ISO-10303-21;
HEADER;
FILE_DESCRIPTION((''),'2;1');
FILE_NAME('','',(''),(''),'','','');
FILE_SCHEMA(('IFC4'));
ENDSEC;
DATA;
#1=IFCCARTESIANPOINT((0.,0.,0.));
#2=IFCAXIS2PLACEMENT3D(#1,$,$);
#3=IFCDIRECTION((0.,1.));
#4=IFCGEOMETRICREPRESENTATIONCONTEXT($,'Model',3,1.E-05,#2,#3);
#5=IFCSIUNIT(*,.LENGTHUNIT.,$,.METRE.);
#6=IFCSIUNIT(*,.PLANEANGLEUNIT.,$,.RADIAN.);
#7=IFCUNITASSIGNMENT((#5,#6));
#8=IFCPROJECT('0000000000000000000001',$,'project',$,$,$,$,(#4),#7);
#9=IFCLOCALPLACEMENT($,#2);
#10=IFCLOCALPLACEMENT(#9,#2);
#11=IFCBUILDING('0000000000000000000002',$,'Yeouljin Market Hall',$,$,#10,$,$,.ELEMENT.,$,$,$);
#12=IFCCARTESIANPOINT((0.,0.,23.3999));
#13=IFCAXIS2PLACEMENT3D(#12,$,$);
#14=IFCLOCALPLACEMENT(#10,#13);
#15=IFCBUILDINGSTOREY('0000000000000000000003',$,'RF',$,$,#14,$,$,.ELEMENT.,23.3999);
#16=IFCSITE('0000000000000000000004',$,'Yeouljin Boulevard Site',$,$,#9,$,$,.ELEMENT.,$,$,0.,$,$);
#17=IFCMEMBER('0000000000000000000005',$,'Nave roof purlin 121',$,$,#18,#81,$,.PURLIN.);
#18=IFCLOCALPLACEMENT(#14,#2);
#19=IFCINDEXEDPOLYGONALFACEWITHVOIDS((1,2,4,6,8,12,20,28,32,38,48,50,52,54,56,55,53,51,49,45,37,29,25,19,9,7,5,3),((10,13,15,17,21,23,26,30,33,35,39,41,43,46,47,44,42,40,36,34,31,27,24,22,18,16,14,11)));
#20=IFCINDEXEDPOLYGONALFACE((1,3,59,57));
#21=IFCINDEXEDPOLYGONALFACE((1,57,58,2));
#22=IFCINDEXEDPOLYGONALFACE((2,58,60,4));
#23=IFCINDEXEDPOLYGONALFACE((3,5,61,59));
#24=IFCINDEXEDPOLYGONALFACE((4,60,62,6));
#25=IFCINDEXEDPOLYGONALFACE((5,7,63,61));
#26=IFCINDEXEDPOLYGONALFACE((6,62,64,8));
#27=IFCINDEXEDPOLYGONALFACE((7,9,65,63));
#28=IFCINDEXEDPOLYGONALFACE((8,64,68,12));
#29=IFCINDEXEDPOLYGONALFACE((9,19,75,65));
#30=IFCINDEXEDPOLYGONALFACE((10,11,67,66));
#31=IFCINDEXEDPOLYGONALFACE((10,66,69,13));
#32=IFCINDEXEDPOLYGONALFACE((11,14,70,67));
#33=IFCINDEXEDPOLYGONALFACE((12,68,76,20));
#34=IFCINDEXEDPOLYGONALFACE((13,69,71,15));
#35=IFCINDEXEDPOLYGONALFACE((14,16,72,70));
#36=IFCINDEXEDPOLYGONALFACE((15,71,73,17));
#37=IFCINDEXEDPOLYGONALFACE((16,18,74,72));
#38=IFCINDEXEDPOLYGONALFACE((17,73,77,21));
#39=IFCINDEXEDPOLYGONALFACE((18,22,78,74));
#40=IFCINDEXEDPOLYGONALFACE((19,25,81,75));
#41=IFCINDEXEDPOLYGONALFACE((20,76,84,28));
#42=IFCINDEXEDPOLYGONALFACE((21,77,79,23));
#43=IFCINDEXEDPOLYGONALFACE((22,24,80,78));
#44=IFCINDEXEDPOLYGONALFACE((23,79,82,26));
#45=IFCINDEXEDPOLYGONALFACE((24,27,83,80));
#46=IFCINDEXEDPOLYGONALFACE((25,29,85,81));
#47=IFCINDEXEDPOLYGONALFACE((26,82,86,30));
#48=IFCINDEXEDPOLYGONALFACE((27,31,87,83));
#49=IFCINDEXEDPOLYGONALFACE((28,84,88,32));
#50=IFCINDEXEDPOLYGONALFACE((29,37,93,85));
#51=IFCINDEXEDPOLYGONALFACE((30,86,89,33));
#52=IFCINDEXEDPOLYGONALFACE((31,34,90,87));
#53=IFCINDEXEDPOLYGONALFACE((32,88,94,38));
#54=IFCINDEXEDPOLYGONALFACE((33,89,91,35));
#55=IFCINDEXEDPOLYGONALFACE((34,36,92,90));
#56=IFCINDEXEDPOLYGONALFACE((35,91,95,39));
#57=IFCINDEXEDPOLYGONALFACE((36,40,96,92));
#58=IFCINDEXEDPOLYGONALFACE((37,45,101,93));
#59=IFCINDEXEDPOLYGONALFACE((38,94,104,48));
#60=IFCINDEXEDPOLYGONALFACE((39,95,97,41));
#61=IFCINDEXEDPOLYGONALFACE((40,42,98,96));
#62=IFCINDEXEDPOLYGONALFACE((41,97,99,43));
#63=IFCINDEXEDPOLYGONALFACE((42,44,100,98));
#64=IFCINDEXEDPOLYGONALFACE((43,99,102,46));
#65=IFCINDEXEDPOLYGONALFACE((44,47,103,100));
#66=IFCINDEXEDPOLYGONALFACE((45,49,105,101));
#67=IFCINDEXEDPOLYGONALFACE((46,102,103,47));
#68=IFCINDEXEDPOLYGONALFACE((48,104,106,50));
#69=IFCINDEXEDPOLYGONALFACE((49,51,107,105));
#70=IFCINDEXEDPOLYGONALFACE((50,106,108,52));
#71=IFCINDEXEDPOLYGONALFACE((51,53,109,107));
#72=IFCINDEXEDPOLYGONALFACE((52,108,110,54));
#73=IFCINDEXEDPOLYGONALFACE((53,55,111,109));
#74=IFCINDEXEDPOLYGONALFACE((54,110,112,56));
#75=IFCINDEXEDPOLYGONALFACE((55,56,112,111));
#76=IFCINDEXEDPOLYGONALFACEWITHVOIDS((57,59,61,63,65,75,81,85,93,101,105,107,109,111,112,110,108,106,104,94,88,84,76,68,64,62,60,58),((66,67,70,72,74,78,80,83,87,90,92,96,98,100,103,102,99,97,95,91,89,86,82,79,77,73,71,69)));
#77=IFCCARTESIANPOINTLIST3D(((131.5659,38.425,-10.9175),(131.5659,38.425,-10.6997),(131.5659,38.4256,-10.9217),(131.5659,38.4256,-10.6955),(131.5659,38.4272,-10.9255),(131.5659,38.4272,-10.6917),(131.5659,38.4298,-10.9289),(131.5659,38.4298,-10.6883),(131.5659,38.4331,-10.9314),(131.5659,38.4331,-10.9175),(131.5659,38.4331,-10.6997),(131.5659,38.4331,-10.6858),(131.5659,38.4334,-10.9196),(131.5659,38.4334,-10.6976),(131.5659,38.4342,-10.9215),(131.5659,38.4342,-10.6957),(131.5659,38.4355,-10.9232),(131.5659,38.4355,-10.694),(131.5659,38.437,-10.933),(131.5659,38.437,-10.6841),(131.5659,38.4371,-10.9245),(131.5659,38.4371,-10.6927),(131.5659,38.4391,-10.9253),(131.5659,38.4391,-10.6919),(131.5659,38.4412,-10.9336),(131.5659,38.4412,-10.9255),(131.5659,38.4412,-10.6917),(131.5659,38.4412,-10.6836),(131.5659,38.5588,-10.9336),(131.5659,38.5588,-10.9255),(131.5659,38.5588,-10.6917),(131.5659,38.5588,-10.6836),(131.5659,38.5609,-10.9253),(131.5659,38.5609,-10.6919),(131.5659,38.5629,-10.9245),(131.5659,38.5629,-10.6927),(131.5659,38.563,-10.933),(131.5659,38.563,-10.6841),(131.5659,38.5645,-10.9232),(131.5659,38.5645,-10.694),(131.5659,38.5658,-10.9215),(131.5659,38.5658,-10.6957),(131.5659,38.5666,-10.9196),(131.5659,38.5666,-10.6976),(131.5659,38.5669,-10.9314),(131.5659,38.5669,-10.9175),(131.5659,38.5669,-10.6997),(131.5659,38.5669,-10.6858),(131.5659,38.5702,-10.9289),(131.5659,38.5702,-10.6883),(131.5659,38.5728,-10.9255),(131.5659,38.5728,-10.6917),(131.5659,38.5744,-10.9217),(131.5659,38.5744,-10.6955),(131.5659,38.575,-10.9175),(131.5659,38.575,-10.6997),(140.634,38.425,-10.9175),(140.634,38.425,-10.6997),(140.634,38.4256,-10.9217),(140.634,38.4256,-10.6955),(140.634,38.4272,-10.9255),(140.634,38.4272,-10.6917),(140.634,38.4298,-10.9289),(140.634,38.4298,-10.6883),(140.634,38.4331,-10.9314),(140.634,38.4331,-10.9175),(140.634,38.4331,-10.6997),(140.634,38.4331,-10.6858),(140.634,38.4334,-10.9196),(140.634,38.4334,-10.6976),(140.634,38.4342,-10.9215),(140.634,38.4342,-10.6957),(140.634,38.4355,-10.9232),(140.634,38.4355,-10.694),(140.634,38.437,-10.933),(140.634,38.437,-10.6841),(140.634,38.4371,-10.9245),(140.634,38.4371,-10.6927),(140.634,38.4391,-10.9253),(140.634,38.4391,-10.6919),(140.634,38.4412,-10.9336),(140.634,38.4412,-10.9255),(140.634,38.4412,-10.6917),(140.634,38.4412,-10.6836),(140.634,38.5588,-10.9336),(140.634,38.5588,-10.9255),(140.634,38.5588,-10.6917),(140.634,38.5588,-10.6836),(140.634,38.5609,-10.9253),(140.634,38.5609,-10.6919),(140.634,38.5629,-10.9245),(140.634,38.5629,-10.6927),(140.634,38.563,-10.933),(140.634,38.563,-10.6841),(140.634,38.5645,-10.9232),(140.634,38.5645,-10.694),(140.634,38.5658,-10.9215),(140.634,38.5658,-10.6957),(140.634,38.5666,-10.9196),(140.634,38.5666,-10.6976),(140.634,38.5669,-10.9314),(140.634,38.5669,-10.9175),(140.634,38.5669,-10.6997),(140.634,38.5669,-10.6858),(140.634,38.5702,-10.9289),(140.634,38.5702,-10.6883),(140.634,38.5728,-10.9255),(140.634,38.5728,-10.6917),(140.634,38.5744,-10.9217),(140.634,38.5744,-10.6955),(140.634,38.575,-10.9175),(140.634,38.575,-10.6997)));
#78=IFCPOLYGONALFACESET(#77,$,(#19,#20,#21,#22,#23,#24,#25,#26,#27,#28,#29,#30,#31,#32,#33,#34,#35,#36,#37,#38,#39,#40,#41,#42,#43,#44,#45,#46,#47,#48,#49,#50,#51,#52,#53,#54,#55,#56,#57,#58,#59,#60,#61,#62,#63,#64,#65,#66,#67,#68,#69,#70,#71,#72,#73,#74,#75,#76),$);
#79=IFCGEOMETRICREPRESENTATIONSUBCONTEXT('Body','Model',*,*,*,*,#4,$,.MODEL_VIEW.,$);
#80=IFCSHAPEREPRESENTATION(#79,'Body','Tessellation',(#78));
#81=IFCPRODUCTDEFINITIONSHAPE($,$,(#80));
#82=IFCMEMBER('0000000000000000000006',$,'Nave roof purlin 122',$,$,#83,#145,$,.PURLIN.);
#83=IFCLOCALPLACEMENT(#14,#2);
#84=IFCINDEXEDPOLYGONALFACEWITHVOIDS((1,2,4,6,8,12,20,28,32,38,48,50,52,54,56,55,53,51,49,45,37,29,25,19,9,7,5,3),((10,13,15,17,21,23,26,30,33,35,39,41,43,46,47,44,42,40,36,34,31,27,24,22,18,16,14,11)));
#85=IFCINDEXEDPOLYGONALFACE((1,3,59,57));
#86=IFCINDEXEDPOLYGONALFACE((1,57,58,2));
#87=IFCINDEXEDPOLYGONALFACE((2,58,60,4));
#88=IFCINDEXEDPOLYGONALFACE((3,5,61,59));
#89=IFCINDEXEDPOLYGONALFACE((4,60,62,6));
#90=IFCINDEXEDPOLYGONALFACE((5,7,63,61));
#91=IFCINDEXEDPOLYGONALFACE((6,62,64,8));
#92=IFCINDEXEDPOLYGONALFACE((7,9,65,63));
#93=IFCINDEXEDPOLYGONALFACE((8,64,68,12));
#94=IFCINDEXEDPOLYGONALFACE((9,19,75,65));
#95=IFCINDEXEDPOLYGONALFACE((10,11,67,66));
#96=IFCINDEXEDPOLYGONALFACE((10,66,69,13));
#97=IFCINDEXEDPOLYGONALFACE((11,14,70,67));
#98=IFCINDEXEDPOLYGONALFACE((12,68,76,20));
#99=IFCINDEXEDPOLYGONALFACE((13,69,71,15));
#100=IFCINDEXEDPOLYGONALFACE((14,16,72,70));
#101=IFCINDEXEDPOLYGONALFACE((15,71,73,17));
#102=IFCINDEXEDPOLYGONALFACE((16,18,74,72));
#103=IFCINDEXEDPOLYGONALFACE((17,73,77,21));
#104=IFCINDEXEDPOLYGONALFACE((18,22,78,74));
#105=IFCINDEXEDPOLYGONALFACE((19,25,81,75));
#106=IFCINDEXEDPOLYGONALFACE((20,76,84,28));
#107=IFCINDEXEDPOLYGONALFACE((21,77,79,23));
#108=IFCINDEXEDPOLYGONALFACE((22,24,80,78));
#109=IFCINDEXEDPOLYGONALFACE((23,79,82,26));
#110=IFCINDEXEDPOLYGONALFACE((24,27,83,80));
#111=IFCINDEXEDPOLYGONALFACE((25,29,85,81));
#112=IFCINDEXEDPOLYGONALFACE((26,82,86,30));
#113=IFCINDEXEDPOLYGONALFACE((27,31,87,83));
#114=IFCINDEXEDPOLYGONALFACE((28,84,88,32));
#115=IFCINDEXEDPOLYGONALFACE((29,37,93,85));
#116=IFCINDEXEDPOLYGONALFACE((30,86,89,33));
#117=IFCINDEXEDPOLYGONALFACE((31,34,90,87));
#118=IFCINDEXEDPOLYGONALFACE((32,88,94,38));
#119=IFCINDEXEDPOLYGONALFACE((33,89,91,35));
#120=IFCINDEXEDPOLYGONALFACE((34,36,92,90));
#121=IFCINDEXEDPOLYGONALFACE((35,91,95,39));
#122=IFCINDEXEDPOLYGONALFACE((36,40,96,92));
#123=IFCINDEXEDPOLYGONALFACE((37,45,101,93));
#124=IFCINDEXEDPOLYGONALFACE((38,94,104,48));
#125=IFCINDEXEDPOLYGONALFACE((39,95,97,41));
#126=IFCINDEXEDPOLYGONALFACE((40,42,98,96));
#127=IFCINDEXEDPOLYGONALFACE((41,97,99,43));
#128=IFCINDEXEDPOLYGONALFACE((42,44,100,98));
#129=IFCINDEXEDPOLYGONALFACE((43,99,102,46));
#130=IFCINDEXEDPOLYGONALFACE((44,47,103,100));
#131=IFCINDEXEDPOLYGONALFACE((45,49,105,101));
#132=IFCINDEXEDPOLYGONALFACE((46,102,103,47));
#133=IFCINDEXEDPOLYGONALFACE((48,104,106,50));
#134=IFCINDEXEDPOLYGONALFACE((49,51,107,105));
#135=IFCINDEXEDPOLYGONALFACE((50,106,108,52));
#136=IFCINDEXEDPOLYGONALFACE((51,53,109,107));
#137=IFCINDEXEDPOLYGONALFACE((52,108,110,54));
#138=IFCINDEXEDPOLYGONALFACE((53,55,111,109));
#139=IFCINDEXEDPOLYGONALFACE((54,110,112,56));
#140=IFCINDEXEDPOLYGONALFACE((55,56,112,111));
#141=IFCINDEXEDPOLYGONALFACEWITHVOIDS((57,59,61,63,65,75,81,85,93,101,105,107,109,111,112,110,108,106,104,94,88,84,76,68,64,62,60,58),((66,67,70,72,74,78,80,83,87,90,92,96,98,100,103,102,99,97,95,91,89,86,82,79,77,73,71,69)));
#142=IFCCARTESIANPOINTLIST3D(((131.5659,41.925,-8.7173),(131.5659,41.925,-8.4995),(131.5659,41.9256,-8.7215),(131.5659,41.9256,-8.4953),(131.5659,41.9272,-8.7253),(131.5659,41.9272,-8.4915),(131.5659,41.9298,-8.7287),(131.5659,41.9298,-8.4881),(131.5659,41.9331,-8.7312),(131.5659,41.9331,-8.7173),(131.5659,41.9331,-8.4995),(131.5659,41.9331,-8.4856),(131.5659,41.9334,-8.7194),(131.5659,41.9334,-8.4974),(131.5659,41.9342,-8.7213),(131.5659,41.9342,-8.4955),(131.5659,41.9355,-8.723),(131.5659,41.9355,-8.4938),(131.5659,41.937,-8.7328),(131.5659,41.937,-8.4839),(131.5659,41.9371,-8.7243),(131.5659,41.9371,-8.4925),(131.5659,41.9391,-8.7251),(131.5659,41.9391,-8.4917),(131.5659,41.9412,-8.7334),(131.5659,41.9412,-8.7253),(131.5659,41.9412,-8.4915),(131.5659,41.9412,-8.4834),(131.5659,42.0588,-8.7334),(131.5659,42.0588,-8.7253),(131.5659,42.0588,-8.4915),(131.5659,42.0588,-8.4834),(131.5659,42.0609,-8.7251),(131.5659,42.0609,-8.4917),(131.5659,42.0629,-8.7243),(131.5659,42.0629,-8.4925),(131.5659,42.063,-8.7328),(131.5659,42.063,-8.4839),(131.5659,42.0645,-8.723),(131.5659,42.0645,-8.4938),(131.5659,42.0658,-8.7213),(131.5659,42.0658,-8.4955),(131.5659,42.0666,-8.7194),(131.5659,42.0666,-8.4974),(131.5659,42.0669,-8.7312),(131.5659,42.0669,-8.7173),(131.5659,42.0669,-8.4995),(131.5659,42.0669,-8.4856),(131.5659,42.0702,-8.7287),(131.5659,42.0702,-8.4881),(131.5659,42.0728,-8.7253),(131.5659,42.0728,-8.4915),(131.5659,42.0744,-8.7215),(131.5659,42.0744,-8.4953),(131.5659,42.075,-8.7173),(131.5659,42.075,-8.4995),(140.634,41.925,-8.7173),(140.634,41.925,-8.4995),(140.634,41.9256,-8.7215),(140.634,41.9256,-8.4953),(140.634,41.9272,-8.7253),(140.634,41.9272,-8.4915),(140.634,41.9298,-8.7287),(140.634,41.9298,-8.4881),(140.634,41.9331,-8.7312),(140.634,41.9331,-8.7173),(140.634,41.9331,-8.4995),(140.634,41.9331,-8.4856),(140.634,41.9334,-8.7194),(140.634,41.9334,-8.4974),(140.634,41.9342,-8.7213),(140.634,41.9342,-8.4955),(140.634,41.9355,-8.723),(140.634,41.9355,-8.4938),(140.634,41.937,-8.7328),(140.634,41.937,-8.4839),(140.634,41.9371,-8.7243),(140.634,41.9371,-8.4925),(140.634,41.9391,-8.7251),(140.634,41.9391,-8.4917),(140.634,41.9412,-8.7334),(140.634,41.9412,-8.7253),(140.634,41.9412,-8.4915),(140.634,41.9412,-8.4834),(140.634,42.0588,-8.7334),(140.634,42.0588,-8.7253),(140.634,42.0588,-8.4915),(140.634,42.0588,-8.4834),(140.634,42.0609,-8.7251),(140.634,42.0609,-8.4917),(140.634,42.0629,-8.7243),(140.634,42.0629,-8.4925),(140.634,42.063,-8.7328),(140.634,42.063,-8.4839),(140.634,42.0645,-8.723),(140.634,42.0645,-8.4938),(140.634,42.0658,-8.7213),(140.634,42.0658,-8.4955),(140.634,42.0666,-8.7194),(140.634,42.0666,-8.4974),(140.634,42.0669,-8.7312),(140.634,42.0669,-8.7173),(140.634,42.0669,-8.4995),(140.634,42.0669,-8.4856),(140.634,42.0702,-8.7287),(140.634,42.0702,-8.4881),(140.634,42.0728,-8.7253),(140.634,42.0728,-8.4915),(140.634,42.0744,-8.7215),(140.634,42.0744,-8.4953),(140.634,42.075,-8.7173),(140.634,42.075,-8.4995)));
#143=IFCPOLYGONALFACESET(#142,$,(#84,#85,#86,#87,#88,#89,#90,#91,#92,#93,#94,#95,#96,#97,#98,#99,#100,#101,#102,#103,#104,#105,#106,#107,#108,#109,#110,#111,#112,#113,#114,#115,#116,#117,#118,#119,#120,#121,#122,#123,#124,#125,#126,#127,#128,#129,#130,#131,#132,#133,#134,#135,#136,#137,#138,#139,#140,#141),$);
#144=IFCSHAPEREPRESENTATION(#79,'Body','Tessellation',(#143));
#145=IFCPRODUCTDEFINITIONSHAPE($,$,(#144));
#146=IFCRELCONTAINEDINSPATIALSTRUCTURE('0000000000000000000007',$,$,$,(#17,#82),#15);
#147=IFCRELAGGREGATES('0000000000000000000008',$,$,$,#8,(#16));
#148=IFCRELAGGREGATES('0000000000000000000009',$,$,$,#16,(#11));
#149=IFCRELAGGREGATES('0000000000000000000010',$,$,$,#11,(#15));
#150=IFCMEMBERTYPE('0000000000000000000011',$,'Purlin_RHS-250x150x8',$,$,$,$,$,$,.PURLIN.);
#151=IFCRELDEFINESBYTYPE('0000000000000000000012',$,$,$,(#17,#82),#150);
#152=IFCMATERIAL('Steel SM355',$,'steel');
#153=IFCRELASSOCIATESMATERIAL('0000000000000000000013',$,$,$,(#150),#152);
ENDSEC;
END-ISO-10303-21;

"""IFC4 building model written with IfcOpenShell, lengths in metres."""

from ifc_helpers import new_model, si_unit, direction, frame, origin, origin_2d, place, context, subcontext, project, spatial, hollow_rectangle, extrude, material, material_profile, profile_set, type_object, element, save


model = new_model("IFC4")

# Units and contexts
model_context = context("Model", 3, precision=1e-05, world=origin(), true_north=direction((0.0, 1.0)))
body_context = subcontext(model_context, "Body", "Model", "MODEL_VIEW")
ifc_project = project(units=[si_unit("LENGTHUNIT", "METRE"), si_unit("PLANEANGLEUNIT", "RADIAN")], contexts=[model_context])

# Site, building, storey
site_placement = place(None, origin())
site = spatial("IfcSite", under=ifc_project, at=site_placement, Name="Yeouljin Boulevard Site", CompositionType="ELEMENT", RefElevation=0.0)
building_placement = place(site_placement, origin())
building = spatial("IfcBuilding", under=site, at=building_placement, Name="Yeouljin Market Hall", CompositionType="ELEMENT")
storey_placement = place(building_placement, frame((0.0, 0.0, 23.3999)))
storey = spatial("IfcBuildingStorey", under=building, at=storey_placement, Name="RF", CompositionType="ELEMENT", Elevation=23.3999)

# Members
ifc_material_1 = material(Name="Steel SM355", Category="steel")
ifc_material_profile_1 = material_profile(ifc_material_1, hollow_rectangle(XDim=0.1499, YDim=0.25, WallThickness=0.0081, InnerFilletRadius=0.0081, OuterFilletRadius=0.0161, at=origin_2d()), Name="RHS-250x150x8")
ifc_profile_set_1 = profile_set([ifc_material_profile_1], Name="Steel SM355")
member_type_1 = type_object("IfcMemberType", Name="Purlin_RHS-250x150x8", PredefinedType="PURLIN", material=ifc_profile_set_1)
for number, where, z_axis, x_axis, name in (
    (1, (131.5659, 38.5, -10.8086), (1.0, 0.0, 0.0), (0.0, 1.0, 0.0), "Nave roof purlin 121"),
    (2, (131.5659, 42.0, -8.6084), (1.0, 0.0, 0.0), (0.0, 1.0, 0.0), "Nave roof purlin 122"),
):
    element("IfcMember", number, at=place(storey_placement, frame(where, z_axis=z_axis, x_axis=x_axis)), inside=storey, type_object=member_type_1, Name=name, PredefinedType="PURLIN", context=body_context, shape_type="SweptSolid", body=[
        extrude(hollow_rectangle(XDim=0.1499, YDim=0.25, WallThickness=0.0081, InnerFilletRadius=0.0081, OuterFilletRadius=0.0161, at=origin_2d()), origin(), (0.0, 0.0, 1.0), 9.0681),
    ])

save(model, "model.ifc")
